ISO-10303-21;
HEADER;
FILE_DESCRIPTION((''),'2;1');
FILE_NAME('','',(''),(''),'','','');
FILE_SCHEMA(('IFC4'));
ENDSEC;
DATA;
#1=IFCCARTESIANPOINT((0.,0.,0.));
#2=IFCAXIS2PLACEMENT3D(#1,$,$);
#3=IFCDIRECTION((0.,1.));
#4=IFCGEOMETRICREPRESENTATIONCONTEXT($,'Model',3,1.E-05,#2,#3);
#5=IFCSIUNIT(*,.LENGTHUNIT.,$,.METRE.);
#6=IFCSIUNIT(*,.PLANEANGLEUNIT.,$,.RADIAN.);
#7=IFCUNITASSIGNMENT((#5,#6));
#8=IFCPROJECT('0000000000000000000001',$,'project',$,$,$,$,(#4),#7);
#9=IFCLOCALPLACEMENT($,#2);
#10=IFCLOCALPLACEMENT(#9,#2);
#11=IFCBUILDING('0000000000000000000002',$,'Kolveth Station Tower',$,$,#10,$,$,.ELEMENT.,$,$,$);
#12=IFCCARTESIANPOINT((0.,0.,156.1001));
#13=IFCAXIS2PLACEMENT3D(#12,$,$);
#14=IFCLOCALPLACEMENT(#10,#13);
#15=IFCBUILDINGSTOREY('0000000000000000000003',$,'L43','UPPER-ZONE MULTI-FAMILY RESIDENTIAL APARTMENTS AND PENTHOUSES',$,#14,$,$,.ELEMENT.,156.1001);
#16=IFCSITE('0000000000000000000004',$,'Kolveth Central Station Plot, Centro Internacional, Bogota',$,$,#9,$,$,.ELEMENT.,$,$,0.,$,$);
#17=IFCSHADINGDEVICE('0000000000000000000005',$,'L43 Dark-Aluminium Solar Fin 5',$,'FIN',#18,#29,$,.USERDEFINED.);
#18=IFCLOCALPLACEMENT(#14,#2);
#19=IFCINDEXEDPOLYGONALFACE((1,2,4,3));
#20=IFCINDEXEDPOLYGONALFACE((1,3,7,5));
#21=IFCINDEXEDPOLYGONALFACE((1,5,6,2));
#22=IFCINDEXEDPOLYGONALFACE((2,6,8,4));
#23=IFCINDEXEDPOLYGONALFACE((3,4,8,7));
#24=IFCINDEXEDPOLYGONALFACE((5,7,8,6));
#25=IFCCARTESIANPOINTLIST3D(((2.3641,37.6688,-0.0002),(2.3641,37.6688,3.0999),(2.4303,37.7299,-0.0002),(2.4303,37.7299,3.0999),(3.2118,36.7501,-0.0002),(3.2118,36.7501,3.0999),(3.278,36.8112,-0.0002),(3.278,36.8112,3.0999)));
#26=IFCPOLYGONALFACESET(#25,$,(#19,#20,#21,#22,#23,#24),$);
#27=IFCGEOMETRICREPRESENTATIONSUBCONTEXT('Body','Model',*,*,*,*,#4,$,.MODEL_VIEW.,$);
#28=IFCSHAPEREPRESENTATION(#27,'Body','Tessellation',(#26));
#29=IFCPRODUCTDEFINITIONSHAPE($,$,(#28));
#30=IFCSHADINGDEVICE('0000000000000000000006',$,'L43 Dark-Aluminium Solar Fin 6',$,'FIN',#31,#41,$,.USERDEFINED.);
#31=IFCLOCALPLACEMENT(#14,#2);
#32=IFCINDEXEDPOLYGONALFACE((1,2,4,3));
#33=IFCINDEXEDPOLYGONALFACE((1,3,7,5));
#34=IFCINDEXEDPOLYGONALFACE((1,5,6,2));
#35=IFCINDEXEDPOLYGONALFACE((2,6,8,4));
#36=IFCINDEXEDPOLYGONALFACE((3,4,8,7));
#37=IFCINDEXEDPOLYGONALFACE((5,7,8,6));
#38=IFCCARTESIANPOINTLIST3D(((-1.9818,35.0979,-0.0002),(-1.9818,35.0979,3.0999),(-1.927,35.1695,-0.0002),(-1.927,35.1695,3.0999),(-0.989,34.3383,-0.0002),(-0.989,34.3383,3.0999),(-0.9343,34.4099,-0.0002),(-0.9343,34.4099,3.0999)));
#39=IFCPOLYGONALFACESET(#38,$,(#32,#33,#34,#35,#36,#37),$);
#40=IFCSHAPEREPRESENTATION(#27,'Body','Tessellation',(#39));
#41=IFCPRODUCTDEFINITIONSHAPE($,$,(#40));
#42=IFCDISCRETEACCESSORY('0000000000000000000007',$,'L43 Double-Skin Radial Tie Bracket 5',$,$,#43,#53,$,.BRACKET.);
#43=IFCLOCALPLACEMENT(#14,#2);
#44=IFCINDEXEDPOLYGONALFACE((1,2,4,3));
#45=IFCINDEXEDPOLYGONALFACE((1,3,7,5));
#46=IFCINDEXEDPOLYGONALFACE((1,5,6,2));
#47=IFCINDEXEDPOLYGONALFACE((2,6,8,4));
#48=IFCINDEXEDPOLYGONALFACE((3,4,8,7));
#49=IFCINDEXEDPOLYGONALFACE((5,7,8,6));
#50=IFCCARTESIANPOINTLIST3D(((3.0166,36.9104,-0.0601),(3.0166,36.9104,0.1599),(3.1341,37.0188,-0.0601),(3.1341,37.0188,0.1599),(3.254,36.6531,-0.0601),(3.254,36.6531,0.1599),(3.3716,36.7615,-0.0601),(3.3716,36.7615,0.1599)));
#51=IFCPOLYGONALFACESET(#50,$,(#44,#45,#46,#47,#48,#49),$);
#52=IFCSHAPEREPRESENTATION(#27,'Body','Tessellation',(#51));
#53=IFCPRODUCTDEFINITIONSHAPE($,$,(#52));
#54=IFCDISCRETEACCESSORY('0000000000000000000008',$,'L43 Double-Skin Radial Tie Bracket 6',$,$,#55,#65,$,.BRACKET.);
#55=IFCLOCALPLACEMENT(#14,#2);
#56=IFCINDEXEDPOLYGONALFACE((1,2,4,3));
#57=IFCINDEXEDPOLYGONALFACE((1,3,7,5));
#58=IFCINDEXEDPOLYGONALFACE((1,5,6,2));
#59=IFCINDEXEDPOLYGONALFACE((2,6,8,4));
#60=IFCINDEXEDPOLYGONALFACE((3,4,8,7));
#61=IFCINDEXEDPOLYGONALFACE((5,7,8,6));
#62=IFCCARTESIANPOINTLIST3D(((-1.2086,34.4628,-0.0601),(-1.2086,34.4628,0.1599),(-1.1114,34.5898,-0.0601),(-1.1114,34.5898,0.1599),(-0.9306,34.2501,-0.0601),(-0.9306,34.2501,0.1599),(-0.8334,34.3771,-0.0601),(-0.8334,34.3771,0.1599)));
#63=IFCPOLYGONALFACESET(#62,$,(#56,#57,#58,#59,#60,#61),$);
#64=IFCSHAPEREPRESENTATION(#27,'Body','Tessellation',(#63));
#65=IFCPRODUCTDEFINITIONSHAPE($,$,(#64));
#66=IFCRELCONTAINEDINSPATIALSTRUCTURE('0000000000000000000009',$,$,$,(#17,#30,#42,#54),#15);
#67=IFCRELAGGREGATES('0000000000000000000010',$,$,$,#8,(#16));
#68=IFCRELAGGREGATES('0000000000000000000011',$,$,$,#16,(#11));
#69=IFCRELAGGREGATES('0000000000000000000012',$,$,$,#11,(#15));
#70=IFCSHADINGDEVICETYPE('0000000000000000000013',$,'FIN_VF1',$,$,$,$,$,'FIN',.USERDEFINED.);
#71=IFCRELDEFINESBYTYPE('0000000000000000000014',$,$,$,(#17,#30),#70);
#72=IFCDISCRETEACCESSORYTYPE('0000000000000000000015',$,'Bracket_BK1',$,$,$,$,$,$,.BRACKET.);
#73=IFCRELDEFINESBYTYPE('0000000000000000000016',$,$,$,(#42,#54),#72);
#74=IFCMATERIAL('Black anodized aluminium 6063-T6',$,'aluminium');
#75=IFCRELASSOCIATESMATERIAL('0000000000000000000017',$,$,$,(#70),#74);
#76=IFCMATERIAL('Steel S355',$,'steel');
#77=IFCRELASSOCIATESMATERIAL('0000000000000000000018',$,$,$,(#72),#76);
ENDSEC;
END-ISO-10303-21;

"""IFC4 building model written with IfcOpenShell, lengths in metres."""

from ifc_helpers import new_model, si_unit, direction, frame, origin, origin_2d, place, context, subcontext, project, spatial, rectangle, extrude, source, transform, mapped, material, type_object, element, save


model = new_model("IFC4")

# Units and contexts
model_context = context("Model", 3, precision=1e-05, world=origin(), true_north=direction((0.0, 1.0)))
body_context = subcontext(model_context, "Body", "Model", "MODEL_VIEW")
ifc_project = project(units=[si_unit("LENGTHUNIT", "METRE"), si_unit("PLANEANGLEUNIT", "RADIAN")], contexts=[model_context])

# Site, building, storey
site_placement = place(None, origin())
site = spatial("IfcSite", under=ifc_project, at=site_placement, Name="Kolveth Central Station Plot, Centro Internacional, Bogota", CompositionType="ELEMENT", RefElevation=0.0)
building_placement = place(site_placement, origin())
building = spatial("IfcBuilding", under=site, at=building_placement, Name="Kolveth Station Tower", CompositionType="ELEMENT")
storey_placement = place(building_placement, frame((0.0, 0.0, 156.1001)))
storey = spatial("IfcBuildingStorey", under=building, at=storey_placement, Name="L43", Description="UPPER-ZONE MULTI-FAMILY RESIDENTIAL APARTMENTS AND PENTHOUSES", CompositionType="ELEMENT", Elevation=156.1001)

# Shared definitions
ifc_material_1 = material(Name="Black anodized aluminium 6063-T6", Category="aluminium")

# Shading devices
shading_device_type = type_object("IfcShadingDeviceType", Name="FIN_VF1", ElementType="FIN", PredefinedType="USERDEFINED", material=ifc_material_1)
shared_shape_1 = source(origin(), body_context, "Body", "SweptSolid", [
    extrude(rectangle(XDim=1.25, YDim=0.0901, at=origin_2d()), origin(), (0.0, 0.0, 1.0), 3.1001),
])
for number, where, z_axis, x_axis, name in (
    (1, (2.821, 37.24, -0.0002), (0.0, 0.0, 1.0), (-0.67816, 0.734915, 0.0), "L43 Dark-Aluminium Solar Fin 5"),
    (2, (-1.458, 34.7539, -0.0002), (0.0, 0.0, 1.0), (-0.794203, 0.607653, 0.0), "L43 Dark-Aluminium Solar Fin 6"),
):
    element("IfcShadingDevice", number, at=place(storey_placement, frame(where, z_axis=z_axis, x_axis=x_axis)), inside=storey, type_object=shading_device_type, Name=name, ObjectType="FIN", PredefinedType="USERDEFINED", context=body_context, shape_type="MappedRepresentation", body=[
        mapped(shared_shape_1, transform((0.0, 0.0, 0.0), x_axis=(1.0, 0.0, 0.0), y_axis=(0.0, 1.0, 0.0), z_axis=(0.0, 0.0, 1.0), scale=1.0)),
    ])

# Discrete accessories
ifc_material_2 = material(Name="Steel S355", Category="steel")
discrete_accessory_type = type_object("IfcDiscreteAccessoryType", Name="Bracket_BK1", PredefinedType="BRACKET", material=ifc_material_2)
shared_shape_2 = source(origin(), body_context, "Body", "SweptSolid", [
    extrude(rectangle(XDim=0.3501, YDim=0.1599, at=origin_2d()), origin(), (0.0, 0.0, 1.0), 0.22),
])
for number, where, z_axis, x_axis, name in (
    (3, (3.1941, 36.8359, -0.0601), (0.0, 0.0, 1.0), (-0.67816, 0.734915, 0.0), "L43 Double-Skin Radial Tie Bracket 5"),
    (4, (-1.021, 34.4199, -0.0601), (0.0, 0.0, 1.0), (-0.794203, 0.607653, 0.0), "L43 Double-Skin Radial Tie Bracket 6"),
):
    element("IfcDiscreteAccessory", number, at=place(storey_placement, frame(where, z_axis=z_axis, x_axis=x_axis)), inside=storey, type_object=discrete_accessory_type, Name=name, PredefinedType="BRACKET", context=body_context, shape_type="MappedRepresentation", body=[
        mapped(shared_shape_2, transform((0.0, 0.0, 0.0), x_axis=(1.0, 0.0, 0.0), y_axis=(0.0, 1.0, 0.0), z_axis=(0.0, 0.0, 1.0), scale=1.0)),
    ])

save(model, "model.ifc")
